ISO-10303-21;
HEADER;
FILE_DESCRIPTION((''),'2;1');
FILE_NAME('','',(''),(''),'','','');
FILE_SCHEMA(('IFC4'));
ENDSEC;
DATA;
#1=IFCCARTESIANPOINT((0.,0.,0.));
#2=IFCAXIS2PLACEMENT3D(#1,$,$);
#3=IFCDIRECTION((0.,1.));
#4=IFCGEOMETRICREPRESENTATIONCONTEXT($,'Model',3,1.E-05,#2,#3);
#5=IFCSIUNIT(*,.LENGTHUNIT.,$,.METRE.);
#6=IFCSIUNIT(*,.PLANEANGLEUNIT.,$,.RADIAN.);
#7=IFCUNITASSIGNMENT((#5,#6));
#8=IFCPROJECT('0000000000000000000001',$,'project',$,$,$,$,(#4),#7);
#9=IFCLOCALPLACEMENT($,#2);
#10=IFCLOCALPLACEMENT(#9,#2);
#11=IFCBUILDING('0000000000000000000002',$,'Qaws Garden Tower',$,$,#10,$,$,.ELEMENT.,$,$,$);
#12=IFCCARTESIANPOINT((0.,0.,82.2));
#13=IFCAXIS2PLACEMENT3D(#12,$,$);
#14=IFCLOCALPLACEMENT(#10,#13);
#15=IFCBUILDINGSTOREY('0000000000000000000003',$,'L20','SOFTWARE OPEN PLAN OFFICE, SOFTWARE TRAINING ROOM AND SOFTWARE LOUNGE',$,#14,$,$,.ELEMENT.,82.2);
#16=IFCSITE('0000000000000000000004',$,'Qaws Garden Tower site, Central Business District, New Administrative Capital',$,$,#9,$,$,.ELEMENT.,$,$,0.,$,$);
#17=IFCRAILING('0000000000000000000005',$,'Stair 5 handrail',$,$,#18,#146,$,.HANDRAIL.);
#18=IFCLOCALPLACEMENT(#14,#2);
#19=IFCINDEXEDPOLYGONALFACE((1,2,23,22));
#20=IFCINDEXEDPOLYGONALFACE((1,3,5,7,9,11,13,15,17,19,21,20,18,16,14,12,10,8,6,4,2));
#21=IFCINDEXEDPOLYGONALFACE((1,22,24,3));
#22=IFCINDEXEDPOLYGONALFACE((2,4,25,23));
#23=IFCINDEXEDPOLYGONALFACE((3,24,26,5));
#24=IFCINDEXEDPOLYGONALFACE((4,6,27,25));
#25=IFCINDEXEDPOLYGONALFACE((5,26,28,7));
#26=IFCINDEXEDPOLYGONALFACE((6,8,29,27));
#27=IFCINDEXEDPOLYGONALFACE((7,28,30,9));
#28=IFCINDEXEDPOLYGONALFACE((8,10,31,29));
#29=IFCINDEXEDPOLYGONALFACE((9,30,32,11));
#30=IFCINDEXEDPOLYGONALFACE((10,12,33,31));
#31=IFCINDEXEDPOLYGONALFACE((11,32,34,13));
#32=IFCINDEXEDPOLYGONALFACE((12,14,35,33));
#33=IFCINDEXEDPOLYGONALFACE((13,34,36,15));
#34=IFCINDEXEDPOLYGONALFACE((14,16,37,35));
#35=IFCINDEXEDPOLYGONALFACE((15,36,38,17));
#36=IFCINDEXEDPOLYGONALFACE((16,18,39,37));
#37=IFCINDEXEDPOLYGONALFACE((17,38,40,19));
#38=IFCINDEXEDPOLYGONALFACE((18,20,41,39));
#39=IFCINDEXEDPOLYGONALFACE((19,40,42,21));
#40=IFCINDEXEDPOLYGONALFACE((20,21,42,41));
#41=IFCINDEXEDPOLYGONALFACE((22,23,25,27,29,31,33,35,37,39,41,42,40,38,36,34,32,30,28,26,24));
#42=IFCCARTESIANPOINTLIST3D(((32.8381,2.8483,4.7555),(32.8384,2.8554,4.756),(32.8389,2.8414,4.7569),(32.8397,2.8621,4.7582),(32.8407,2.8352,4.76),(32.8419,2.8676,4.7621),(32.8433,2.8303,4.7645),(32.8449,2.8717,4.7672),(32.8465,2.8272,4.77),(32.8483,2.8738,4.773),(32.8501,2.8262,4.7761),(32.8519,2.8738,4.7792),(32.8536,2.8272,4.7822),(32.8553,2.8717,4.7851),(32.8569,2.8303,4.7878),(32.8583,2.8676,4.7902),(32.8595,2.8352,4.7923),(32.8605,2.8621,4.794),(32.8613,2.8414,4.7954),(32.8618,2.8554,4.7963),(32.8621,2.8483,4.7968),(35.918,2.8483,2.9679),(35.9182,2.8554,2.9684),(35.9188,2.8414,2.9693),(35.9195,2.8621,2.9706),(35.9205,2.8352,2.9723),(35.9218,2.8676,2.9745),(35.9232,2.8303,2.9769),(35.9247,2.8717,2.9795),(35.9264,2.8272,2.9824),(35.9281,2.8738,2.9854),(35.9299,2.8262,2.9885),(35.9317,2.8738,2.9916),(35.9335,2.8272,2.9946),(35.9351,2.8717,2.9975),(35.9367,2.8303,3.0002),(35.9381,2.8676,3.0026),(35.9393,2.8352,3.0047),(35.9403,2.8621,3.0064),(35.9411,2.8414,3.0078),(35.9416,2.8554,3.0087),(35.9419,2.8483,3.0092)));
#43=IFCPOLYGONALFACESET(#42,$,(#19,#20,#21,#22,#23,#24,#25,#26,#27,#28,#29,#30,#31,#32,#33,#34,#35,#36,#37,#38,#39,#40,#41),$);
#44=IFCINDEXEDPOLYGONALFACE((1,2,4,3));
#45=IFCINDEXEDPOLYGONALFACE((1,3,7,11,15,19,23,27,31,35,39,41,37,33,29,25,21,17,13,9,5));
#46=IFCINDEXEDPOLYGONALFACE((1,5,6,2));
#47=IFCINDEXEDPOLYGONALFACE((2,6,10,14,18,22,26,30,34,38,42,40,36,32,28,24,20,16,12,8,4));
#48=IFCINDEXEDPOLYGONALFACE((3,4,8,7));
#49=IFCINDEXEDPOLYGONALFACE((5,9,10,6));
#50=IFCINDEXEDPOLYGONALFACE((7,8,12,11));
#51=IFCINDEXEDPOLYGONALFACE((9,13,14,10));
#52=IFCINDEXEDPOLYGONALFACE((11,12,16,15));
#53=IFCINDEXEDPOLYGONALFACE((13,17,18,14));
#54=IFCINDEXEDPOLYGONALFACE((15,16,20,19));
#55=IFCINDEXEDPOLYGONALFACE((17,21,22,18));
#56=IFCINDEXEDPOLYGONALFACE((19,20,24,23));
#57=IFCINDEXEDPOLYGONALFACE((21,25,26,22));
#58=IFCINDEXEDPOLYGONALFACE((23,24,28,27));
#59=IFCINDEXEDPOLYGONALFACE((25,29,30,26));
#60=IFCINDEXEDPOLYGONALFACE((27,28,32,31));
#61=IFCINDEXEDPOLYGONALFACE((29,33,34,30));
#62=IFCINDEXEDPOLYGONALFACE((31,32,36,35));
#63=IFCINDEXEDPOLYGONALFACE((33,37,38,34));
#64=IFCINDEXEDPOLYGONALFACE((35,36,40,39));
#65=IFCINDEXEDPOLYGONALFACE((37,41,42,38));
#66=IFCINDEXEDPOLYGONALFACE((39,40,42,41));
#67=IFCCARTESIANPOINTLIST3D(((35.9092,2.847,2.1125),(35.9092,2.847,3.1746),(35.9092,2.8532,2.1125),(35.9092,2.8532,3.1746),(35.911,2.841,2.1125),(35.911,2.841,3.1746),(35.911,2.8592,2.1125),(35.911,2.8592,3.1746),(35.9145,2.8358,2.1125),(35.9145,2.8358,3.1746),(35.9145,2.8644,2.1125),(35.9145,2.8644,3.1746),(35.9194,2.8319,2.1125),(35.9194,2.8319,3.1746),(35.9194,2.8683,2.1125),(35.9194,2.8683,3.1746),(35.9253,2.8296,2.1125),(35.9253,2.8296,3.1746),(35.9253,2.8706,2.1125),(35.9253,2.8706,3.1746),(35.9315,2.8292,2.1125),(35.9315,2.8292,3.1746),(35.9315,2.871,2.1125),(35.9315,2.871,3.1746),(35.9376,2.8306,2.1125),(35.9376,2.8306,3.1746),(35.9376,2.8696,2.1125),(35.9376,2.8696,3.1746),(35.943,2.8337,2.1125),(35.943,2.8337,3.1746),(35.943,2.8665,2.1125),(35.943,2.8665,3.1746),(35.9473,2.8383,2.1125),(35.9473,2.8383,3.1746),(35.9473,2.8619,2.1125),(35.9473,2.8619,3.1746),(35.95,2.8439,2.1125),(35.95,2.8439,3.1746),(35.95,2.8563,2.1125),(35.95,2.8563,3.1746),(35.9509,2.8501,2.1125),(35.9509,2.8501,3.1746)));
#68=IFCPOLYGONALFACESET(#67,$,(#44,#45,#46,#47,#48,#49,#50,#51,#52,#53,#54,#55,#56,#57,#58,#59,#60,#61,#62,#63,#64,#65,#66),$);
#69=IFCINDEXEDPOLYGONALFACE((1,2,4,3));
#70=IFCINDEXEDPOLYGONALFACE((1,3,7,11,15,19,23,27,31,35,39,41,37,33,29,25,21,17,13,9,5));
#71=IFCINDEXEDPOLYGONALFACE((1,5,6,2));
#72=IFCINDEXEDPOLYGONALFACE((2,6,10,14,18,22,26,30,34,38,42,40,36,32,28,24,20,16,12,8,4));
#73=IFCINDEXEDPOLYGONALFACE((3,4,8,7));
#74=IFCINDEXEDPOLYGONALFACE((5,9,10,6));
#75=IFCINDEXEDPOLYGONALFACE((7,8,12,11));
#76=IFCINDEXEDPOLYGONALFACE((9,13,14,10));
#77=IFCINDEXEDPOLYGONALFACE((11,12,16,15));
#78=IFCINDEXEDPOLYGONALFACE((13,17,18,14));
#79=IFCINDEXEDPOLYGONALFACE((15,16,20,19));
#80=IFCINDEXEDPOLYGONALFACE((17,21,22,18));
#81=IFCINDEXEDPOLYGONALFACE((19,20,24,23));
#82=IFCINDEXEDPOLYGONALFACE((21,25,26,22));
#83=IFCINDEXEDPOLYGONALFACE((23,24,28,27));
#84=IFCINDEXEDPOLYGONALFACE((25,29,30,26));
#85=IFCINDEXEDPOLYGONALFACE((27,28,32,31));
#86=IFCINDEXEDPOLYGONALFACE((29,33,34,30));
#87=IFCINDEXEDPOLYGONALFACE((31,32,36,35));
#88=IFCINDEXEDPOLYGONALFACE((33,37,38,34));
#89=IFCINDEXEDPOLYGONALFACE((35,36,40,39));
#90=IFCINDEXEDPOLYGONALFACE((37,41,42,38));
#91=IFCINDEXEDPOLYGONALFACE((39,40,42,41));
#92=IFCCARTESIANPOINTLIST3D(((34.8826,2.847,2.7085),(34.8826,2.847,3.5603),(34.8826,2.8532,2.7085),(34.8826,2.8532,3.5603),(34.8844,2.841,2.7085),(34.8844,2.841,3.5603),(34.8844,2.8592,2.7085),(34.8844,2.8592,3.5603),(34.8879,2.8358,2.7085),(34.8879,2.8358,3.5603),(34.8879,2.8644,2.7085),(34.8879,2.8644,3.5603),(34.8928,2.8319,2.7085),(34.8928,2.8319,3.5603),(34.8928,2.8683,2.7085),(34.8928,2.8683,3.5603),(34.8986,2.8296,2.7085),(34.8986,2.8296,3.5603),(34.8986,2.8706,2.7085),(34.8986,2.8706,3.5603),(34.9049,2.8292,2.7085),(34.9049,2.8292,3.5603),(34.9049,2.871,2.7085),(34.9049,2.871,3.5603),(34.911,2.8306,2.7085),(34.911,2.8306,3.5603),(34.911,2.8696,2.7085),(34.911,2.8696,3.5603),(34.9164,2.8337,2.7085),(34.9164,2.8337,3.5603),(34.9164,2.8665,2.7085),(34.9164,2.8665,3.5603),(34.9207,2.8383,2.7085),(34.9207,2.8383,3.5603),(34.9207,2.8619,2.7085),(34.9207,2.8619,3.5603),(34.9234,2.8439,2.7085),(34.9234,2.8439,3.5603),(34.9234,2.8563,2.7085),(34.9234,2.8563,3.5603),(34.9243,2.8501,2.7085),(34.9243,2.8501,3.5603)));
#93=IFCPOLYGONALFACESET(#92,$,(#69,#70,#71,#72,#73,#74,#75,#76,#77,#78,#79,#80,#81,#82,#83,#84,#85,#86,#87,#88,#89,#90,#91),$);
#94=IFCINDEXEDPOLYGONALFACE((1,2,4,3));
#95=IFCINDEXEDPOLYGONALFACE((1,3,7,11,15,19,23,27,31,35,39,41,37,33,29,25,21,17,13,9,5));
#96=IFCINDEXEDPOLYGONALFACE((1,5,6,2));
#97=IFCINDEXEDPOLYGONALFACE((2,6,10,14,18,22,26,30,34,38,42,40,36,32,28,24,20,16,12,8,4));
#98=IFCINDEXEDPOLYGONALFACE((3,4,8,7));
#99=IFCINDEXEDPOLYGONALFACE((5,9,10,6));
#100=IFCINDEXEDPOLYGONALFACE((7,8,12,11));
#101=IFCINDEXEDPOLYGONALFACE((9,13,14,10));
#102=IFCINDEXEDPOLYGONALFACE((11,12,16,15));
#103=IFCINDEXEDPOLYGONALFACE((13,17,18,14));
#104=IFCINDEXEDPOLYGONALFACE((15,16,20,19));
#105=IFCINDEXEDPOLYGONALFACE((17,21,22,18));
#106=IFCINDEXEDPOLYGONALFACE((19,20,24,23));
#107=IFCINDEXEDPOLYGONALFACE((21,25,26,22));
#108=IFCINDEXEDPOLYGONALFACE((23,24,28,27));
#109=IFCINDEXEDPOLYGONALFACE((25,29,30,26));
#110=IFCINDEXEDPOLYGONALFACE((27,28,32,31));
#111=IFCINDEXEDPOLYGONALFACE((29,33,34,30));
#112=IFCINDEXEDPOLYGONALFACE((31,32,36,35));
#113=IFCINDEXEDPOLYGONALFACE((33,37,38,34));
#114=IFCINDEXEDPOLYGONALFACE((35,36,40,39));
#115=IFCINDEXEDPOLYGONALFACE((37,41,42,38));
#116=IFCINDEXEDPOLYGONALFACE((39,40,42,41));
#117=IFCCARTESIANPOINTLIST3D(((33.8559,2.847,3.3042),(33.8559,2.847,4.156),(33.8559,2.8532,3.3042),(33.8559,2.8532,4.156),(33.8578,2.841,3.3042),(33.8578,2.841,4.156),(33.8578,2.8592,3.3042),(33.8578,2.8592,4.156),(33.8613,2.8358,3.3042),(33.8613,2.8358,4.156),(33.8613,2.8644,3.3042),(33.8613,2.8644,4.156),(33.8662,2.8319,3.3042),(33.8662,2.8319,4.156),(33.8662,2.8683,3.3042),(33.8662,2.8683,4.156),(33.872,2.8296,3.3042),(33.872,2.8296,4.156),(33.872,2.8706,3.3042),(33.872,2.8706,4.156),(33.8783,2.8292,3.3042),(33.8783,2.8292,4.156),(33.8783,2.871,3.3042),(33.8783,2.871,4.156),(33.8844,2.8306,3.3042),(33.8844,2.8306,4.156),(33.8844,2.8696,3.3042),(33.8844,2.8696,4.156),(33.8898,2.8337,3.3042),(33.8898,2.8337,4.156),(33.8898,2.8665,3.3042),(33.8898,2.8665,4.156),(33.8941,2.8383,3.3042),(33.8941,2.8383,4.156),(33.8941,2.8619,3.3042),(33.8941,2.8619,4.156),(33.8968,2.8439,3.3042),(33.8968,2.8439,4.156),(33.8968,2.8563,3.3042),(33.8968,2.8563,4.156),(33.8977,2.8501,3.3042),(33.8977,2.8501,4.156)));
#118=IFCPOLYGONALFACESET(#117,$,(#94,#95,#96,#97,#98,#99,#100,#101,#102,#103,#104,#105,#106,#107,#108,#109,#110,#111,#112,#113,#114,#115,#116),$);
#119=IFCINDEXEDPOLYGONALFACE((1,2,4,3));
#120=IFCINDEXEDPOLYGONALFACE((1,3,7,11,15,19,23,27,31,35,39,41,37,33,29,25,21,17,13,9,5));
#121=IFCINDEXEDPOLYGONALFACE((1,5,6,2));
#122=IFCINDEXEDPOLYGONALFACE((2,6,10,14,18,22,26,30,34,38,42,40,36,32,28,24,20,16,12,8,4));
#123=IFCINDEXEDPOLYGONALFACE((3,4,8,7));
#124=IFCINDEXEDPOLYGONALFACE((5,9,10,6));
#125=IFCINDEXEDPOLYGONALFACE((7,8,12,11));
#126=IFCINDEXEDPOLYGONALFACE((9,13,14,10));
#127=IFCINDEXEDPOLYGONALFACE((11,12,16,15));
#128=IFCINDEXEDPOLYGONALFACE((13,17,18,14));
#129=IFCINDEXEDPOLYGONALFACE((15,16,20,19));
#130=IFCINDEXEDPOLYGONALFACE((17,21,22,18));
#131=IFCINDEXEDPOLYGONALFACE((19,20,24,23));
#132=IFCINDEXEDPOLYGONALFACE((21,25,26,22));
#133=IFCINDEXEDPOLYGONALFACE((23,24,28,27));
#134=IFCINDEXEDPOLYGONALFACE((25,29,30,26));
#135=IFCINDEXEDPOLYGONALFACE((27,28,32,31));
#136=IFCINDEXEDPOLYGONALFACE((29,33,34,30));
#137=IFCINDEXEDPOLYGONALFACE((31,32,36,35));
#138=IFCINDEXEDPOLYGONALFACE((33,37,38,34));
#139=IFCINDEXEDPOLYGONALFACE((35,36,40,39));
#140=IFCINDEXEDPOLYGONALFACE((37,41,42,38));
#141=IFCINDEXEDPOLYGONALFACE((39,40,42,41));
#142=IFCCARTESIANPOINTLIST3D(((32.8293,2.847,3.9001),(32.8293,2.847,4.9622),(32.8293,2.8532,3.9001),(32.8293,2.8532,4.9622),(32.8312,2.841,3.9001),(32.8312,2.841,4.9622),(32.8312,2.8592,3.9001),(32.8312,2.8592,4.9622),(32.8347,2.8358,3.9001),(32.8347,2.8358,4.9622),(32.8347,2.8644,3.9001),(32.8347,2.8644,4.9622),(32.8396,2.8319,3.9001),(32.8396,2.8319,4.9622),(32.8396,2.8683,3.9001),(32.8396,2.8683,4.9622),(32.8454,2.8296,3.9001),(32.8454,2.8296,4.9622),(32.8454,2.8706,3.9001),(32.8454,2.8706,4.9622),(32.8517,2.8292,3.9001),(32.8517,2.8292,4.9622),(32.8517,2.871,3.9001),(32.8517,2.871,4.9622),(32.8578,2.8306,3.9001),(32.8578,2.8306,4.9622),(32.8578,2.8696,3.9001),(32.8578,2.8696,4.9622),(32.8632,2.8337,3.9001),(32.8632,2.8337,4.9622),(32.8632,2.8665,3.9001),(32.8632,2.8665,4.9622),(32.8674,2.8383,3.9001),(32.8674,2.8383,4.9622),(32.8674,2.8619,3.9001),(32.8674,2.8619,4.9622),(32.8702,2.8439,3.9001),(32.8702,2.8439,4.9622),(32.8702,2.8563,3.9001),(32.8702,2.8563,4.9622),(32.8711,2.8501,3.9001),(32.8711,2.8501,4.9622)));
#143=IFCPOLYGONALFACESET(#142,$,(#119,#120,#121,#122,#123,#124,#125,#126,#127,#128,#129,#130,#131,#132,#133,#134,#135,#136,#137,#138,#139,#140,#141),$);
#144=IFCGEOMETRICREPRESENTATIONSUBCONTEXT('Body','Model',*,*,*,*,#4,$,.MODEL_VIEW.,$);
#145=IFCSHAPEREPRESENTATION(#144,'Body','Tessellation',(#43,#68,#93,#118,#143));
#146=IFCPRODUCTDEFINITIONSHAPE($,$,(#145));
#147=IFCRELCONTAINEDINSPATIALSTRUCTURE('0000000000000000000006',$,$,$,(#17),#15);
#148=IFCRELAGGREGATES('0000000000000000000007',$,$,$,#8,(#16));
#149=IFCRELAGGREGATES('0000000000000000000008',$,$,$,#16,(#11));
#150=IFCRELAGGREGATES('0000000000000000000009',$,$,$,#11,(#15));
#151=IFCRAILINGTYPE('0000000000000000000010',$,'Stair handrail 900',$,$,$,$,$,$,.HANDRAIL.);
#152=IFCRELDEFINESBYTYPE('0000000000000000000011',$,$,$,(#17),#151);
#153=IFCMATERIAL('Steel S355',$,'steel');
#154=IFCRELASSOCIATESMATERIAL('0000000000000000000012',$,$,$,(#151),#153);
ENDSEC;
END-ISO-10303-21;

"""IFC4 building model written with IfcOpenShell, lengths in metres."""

from ifc_helpers import new_model, si_unit, direction, frame, origin, origin_2d, place, context, subcontext, project, spatial, circle, extrude, material, type_object, element, save


model = new_model("IFC4")

# Units and contexts
model_context = context("Model", 3, precision=1e-05, world=origin(), true_north=direction((0.0, 1.0)))
body_context = subcontext(model_context, "Body", "Model", "MODEL_VIEW")
ifc_project = project(units=[si_unit("LENGTHUNIT", "METRE"), si_unit("PLANEANGLEUNIT", "RADIAN")], contexts=[model_context])

# Site, building, storey
site_placement = place(None, origin())
site = spatial("IfcSite", under=ifc_project, at=site_placement, Name="Qaws Garden Tower site, Central Business District, New Administrative Capital", CompositionType="ELEMENT", RefElevation=0.0)
building_placement = place(site_placement, origin())
building = spatial("IfcBuilding", under=site, at=building_placement, Name="Qaws Garden Tower", CompositionType="ELEMENT")
storey_placement = place(building_placement, frame((0.0, 0.0, 82.2)))
storey = spatial("IfcBuildingStorey", under=building, at=storey_placement, Name="L20", Description="SOFTWARE OPEN PLAN OFFICE, SOFTWARE TRAINING ROOM AND SOFTWARE LOUNGE", CompositionType="ELEMENT", Elevation=82.2)

# Railing
ifc_material_1 = material(Name="Steel S355", Category="steel")
railing_type = type_object("IfcRailingType", Name="Stair handrail 900", PredefinedType="HANDRAIL", material=ifc_material_1)
railing_placement = place(storey_placement, frame((35.9299, 2.8501, 2.1125)))
element("IfcRailing", 1, at=railing_placement, inside=storey, type_object=railing_type, Name="Stair 5 handrail", PredefinedType="HANDRAIL", context=body_context, shape_type="SweptSolid", body=[
    extrude(circle(Radius=0.0239, at=origin_2d()), frame((0.0, 0.0, 0.876), z_axis=(-0.864873, 0.0, 0.50199), x_axis=(0.0, -1.0, 0.0)), (0.0, 0.0, 1.0), 3.561),
    extrude(circle(Radius=0.021, at=origin_2d()), origin(), (0.0, 0.0, 1.0), 1.062),
    extrude(circle(Radius=0.021, at=origin_2d()), frame((-1.0266, 0.0, 0.5959)), (0.0, 0.0, 1.0), 0.8518),
    extrude(circle(Radius=0.021, at=origin_2d()), frame((-2.0532, 0.0, 1.1917)), (0.0, 0.0, 1.0), 0.8518),
    extrude(circle(Radius=0.021, at=origin_2d()), frame((-3.0798, 0.0, 1.7876)), (0.0, 0.0, 1.0), 1.062),
])

save(model, "model.ifc")
